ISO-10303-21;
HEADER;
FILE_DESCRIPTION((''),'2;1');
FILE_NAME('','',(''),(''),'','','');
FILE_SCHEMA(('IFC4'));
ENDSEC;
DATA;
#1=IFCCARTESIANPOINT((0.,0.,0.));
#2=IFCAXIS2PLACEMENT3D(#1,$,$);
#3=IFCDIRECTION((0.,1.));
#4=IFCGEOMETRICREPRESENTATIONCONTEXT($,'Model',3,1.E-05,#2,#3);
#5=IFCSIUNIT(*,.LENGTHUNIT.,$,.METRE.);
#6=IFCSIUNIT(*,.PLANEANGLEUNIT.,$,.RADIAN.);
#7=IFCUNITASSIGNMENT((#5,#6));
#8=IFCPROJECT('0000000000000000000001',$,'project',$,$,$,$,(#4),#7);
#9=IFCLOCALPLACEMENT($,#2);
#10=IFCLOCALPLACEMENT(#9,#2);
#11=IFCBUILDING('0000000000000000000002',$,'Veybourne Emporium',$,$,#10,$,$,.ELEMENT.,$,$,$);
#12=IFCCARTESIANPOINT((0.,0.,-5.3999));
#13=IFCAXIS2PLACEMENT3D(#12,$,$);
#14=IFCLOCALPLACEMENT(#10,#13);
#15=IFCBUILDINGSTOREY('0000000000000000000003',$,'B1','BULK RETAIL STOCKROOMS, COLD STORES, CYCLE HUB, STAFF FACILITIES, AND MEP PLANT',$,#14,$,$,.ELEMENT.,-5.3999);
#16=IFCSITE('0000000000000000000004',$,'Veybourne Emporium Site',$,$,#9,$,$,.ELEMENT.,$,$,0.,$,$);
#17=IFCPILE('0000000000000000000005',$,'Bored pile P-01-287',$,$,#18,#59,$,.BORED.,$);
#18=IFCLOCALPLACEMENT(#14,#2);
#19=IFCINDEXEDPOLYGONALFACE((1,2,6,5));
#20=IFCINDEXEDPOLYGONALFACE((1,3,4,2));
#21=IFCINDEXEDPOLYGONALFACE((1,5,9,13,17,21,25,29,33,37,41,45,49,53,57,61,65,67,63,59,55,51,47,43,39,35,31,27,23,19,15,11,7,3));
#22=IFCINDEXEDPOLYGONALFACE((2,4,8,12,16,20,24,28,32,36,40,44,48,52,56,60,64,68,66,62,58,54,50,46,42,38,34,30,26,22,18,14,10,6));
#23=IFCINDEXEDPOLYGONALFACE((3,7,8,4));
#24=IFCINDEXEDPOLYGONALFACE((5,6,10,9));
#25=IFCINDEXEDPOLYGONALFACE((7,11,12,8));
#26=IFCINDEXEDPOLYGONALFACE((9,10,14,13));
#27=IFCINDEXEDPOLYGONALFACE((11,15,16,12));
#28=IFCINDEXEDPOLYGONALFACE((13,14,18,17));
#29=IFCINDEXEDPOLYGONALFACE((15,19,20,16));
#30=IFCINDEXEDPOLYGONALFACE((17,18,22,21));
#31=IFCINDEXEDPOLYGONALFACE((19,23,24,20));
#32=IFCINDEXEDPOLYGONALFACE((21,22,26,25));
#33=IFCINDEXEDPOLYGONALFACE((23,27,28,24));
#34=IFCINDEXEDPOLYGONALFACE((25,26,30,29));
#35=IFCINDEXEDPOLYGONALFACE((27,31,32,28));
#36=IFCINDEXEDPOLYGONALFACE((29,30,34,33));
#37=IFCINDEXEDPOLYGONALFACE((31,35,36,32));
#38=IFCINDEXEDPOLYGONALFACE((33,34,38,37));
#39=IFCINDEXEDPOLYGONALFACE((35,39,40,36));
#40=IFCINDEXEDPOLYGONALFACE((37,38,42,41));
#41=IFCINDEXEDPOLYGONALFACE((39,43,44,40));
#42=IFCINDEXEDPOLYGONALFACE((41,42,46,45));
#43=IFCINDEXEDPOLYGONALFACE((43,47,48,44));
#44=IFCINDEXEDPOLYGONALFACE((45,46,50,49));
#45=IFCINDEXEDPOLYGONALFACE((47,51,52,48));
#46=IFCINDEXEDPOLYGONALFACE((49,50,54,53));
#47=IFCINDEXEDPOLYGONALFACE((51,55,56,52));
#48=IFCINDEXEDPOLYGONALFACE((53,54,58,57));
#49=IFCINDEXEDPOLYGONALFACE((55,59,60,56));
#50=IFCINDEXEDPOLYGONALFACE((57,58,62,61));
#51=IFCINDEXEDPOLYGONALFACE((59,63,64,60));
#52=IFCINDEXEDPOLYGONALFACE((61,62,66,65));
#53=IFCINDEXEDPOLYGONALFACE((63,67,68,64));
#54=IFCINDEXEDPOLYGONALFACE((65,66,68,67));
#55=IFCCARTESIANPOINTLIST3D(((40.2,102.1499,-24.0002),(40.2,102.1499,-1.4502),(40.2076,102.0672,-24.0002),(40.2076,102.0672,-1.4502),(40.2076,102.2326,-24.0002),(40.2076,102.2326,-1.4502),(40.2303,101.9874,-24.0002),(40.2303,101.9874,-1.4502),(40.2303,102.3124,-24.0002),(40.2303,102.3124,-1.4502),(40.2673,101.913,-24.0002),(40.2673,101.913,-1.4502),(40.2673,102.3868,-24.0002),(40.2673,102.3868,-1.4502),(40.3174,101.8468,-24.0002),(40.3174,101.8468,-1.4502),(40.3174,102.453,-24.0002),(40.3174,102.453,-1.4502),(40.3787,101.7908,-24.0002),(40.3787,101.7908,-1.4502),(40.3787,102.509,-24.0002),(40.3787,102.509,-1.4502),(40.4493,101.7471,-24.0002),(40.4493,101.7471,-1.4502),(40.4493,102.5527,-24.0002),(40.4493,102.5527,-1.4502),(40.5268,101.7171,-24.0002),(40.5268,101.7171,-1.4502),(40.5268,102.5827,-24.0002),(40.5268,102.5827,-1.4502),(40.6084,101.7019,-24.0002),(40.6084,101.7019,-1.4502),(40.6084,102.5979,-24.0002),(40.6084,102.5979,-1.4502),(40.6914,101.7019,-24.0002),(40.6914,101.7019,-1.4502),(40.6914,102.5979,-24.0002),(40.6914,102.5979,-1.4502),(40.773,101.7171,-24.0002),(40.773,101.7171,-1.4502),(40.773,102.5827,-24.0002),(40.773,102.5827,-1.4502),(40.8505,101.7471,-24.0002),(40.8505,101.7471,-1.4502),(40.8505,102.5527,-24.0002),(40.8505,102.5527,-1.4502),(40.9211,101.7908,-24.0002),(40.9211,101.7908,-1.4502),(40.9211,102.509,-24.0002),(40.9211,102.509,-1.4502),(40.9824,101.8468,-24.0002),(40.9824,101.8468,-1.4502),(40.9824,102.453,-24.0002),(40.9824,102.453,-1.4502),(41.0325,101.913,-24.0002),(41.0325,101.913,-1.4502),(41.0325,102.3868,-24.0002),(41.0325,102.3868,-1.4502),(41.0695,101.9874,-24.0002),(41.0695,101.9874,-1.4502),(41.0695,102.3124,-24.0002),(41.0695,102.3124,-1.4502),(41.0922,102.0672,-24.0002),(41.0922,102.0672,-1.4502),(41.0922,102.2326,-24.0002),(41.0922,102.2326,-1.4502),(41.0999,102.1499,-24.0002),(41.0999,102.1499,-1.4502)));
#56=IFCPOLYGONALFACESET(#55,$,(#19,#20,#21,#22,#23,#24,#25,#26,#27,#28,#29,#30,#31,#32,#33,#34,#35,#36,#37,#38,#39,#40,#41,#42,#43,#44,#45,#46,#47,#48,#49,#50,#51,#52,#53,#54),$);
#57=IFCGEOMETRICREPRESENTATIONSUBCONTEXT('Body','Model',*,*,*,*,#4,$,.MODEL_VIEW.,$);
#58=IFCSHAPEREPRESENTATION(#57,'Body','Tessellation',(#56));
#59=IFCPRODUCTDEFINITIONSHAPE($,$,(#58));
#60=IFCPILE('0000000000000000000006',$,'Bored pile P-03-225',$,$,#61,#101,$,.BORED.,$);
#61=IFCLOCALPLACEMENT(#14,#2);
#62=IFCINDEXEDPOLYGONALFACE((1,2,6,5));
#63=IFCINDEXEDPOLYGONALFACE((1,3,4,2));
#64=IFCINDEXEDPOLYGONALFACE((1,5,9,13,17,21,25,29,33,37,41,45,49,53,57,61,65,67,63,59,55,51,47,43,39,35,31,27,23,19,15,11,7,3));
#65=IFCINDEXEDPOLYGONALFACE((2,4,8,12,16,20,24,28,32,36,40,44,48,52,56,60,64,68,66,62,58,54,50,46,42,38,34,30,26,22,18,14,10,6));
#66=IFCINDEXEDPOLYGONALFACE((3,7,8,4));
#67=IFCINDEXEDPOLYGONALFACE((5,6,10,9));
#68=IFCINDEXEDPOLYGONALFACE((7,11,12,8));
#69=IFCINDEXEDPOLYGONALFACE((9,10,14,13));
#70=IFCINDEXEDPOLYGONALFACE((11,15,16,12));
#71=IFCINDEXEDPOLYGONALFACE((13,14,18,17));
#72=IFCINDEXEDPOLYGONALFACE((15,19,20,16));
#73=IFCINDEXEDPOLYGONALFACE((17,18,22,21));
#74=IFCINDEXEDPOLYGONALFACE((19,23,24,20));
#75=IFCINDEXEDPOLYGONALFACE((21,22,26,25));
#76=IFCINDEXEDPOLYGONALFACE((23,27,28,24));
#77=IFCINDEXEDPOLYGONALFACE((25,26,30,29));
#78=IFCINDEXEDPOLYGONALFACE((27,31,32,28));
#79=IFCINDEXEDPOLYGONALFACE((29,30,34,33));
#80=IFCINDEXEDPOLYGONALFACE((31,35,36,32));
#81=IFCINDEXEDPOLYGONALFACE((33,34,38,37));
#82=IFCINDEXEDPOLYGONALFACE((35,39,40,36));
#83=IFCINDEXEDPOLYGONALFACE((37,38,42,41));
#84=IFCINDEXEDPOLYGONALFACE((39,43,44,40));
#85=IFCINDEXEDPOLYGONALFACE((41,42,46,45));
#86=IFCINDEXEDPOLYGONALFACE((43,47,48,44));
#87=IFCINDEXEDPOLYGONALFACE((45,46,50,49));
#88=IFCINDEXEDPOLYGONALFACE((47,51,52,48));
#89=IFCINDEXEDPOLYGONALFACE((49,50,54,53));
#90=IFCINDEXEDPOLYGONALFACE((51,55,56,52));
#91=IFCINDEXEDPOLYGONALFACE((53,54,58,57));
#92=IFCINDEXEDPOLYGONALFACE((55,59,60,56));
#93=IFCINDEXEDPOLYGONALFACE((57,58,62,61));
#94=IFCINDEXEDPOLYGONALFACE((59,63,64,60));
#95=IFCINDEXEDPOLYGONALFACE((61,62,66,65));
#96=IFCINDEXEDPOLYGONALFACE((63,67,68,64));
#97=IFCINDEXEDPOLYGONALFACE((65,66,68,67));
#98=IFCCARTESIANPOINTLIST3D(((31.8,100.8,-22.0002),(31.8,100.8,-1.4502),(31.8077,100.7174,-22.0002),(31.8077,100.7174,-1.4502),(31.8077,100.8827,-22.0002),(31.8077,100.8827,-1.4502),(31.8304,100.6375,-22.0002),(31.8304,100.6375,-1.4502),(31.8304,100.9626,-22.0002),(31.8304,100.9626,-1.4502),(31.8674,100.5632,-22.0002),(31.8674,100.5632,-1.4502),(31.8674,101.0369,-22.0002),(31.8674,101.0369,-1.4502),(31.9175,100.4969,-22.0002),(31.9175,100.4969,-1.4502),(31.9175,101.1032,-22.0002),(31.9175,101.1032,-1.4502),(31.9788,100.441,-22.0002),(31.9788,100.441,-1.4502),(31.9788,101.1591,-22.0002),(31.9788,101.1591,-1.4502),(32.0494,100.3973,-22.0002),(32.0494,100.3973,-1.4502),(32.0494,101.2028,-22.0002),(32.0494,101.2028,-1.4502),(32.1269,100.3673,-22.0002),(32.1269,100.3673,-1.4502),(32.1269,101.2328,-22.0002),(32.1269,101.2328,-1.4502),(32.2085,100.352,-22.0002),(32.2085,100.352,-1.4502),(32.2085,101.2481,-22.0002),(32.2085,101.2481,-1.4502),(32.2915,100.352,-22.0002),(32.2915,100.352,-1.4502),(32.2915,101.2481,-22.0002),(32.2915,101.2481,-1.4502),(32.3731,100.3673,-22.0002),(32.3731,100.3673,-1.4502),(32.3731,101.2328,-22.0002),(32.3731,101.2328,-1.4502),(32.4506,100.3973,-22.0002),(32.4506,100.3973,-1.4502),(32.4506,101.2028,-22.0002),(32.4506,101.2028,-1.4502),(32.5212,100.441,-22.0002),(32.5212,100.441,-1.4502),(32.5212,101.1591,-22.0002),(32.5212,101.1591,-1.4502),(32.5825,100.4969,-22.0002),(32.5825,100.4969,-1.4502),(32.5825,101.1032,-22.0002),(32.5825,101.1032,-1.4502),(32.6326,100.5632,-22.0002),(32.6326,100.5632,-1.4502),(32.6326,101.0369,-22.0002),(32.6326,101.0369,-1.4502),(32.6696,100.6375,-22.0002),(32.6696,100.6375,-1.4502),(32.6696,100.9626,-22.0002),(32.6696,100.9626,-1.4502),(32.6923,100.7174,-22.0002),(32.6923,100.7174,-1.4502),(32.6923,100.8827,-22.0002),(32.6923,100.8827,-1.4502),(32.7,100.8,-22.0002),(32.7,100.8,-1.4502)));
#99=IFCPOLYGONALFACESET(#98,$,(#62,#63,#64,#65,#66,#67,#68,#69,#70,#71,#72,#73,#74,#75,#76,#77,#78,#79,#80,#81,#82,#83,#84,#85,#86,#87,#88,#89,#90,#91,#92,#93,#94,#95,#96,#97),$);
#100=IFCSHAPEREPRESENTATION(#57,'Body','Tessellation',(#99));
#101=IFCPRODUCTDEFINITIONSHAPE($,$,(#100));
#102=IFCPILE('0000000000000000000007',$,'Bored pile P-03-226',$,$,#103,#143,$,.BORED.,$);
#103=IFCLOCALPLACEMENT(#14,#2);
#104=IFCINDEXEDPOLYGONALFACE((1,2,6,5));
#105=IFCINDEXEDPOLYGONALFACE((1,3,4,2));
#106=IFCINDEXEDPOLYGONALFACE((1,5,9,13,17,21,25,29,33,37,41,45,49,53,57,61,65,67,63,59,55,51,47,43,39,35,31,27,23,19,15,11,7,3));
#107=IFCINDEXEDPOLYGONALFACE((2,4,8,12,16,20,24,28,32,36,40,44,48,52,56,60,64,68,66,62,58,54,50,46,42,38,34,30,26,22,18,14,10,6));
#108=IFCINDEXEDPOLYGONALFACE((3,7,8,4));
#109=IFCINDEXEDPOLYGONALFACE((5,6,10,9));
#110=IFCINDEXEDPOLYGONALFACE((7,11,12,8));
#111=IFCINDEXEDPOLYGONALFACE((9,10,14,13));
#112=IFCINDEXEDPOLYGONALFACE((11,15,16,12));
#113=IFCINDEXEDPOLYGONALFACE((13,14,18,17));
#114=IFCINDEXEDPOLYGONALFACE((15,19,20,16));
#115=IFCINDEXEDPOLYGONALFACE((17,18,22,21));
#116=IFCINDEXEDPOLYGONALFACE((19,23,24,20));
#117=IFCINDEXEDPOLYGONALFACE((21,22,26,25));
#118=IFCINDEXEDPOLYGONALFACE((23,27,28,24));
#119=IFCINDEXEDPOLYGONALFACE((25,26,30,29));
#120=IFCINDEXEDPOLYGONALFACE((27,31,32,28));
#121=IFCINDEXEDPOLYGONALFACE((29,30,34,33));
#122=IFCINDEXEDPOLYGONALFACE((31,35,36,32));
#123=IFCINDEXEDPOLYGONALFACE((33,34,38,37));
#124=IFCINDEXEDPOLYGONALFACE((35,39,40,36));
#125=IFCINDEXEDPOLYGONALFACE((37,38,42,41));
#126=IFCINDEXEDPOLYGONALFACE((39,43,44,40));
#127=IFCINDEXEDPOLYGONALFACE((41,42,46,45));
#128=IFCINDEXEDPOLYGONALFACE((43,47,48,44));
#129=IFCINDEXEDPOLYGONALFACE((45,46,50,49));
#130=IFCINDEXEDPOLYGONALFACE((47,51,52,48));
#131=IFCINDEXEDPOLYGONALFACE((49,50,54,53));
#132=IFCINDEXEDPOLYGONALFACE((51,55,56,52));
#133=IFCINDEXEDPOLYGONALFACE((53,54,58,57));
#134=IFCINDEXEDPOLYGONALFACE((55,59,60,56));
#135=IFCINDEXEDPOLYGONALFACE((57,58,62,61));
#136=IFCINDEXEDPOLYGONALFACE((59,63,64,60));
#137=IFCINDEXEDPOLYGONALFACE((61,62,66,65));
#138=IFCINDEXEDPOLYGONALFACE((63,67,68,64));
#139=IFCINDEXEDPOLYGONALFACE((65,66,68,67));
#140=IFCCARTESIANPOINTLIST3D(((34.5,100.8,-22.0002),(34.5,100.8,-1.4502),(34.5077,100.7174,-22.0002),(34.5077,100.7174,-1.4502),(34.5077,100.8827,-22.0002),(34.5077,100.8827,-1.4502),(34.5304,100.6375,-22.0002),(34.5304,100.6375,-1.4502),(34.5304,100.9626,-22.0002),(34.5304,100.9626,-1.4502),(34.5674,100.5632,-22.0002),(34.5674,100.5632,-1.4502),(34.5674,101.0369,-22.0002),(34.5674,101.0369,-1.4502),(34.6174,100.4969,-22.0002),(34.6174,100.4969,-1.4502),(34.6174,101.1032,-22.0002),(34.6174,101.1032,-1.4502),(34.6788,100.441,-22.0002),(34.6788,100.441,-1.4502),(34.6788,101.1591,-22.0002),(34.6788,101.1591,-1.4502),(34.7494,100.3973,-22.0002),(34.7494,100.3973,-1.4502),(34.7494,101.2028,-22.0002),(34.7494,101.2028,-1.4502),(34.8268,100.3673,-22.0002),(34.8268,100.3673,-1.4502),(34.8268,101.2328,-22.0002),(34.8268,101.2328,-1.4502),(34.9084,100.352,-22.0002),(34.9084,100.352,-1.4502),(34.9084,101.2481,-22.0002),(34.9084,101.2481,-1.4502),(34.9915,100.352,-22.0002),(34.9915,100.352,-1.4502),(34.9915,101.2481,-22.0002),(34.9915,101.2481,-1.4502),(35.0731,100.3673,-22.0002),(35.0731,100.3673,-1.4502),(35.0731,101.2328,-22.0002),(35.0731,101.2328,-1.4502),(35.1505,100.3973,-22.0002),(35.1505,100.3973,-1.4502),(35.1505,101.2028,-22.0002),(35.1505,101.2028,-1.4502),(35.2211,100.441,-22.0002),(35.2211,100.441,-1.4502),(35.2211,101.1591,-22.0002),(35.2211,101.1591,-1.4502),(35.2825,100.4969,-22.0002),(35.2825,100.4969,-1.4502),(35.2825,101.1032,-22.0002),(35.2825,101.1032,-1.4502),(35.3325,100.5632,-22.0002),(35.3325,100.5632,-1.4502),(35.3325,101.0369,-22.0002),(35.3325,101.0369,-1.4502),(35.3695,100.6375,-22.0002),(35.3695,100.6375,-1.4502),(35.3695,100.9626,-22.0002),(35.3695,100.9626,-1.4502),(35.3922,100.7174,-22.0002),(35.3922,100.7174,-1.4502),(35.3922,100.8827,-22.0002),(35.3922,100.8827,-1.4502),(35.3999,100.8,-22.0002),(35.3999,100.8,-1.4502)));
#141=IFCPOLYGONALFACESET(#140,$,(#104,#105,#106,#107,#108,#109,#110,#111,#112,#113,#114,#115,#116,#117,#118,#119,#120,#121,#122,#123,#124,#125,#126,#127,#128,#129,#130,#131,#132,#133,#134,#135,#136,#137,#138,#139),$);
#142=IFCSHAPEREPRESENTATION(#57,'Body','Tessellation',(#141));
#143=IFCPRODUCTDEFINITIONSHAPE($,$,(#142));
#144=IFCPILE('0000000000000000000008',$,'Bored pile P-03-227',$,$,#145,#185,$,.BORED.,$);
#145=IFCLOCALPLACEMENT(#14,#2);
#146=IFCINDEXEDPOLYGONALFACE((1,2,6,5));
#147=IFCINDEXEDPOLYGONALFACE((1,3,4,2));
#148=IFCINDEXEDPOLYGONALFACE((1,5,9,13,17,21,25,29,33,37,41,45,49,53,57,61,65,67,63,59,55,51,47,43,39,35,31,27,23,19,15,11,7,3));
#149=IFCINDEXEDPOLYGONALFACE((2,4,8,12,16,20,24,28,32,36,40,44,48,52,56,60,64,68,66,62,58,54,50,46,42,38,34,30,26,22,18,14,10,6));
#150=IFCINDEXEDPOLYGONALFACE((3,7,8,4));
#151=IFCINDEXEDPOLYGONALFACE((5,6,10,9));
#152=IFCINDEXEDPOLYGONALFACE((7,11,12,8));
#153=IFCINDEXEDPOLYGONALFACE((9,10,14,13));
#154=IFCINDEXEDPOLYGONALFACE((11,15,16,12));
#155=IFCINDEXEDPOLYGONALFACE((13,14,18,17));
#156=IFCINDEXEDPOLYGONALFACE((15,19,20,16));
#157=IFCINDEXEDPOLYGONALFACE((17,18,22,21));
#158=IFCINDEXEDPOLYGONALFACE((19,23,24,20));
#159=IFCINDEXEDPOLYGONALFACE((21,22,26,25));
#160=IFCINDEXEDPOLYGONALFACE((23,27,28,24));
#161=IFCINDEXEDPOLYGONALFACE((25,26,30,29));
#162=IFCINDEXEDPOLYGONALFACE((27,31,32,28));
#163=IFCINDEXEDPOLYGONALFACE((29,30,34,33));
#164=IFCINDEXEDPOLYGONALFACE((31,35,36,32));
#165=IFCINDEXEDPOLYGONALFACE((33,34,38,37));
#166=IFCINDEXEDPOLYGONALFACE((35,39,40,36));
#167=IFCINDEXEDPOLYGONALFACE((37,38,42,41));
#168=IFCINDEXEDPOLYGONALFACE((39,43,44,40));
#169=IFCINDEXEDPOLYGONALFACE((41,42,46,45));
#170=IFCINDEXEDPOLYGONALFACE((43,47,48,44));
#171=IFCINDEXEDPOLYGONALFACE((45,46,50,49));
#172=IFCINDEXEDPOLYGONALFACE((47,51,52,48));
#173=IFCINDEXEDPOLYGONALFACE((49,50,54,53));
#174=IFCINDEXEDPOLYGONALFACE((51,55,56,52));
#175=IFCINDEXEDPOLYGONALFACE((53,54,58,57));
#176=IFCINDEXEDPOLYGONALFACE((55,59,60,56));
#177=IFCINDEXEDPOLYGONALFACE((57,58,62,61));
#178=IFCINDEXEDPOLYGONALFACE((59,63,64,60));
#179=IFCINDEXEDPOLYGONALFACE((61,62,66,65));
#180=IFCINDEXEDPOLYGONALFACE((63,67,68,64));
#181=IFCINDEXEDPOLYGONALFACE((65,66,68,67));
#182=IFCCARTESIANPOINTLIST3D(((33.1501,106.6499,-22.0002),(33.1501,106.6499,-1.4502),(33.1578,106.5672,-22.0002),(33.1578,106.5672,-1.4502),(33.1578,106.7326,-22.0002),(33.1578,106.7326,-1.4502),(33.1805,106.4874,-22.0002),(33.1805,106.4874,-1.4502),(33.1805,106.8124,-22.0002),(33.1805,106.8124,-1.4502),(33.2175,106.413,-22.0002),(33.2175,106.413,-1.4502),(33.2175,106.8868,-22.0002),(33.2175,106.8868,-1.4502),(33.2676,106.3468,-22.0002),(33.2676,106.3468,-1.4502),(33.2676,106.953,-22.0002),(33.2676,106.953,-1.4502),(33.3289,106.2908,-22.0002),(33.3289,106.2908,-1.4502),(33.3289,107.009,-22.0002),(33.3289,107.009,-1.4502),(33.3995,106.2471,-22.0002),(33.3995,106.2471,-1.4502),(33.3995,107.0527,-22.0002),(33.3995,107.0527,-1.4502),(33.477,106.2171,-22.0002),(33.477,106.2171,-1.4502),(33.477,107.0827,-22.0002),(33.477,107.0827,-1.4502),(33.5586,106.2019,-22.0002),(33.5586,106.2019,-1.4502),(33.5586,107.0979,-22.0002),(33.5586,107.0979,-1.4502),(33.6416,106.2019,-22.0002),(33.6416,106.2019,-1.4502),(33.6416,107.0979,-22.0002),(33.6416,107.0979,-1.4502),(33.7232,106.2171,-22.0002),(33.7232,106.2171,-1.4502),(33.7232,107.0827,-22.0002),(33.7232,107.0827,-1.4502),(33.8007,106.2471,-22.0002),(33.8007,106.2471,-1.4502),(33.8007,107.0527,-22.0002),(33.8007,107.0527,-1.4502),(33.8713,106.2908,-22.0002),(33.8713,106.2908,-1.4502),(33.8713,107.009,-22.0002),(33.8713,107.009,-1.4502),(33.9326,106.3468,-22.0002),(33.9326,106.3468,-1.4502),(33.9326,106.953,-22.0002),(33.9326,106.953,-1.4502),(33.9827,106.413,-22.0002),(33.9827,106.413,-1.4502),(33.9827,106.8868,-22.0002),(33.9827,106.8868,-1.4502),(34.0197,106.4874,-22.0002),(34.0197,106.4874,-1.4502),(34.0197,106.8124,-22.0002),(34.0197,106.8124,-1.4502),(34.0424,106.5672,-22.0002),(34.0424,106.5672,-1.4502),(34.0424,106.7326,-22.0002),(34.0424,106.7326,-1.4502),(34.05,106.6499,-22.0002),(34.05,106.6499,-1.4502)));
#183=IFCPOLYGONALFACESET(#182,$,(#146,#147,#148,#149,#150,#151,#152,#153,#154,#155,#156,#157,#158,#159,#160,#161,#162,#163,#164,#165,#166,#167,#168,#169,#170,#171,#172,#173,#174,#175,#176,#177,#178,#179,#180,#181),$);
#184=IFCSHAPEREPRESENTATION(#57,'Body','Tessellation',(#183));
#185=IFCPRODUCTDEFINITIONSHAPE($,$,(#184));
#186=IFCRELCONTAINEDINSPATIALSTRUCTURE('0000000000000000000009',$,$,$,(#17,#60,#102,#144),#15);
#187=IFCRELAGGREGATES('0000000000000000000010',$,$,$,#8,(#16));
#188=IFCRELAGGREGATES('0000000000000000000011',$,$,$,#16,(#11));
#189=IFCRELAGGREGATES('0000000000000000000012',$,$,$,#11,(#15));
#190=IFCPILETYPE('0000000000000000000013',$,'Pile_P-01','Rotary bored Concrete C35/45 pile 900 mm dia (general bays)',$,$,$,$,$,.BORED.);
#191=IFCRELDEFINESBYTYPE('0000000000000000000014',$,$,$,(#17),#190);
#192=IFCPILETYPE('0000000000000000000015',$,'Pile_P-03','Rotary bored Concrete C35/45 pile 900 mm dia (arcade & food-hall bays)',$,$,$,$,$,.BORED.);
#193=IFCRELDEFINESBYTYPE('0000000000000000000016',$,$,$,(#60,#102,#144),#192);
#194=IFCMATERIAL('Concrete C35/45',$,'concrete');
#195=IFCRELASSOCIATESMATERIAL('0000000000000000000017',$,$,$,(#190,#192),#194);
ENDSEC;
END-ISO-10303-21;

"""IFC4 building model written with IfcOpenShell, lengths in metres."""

from ifc_helpers import new_model, si_unit, direction, frame, origin, origin_2d, place, context, subcontext, project, spatial, circle, extrude, material, material_profile, profile_set, type_object, element, save


model = new_model("IFC4")

# Units and contexts
model_context = context("Model", 3, precision=1e-05, world=origin(), true_north=direction((0.0, 1.0)))
body_context = subcontext(model_context, "Body", "Model", "MODEL_VIEW")
ifc_project = project(units=[si_unit("LENGTHUNIT", "METRE"), si_unit("PLANEANGLEUNIT", "RADIAN")], contexts=[model_context])

# Site, building, storey
site_placement = place(None, origin())
site = spatial("IfcSite", under=ifc_project, at=site_placement, Name="Veybourne Emporium Site", CompositionType="ELEMENT", RefElevation=0.0)
building_placement = place(site_placement, origin())
building = spatial("IfcBuilding", under=site, at=building_placement, Name="Veybourne Emporium", CompositionType="ELEMENT")
storey_placement = place(building_placement, frame((0.0, 0.0, -5.3999)))
storey = spatial("IfcBuildingStorey", under=building, at=storey_placement, Name="B1", Description="BULK RETAIL STOCKROOMS, COLD STORES, CYCLE HUB, STAFF FACILITIES, AND MEP PLANT", CompositionType="ELEMENT", Elevation=-5.3999)

# Shared definitions
ifc_material_1 = material(Name="Concrete C35/45", Category="concrete")

# Piles
ifc_material_profile_1 = material_profile(ifc_material_1, circle(Radius=0.45, at=origin_2d()), Name="BORED PILE 900")
ifc_profile_set_1 = profile_set([ifc_material_profile_1], Name="Concrete C35/45")
pile_type_1 = type_object("IfcPileType", Name="Pile_P-01", Description="Rotary bored Concrete C35/45 pile 900 mm dia (general bays)", PredefinedType="BORED", material=ifc_profile_set_1)
for number, where, z_axis, x_axis, name in (
    (1, (40.6499, 102.1499, -1.4502), (0.0, 0.0, -1.0), (1.0, 0.0, 0.0), "Bored pile P-01-287"),
):
    element("IfcPile", number, at=place(storey_placement, frame(where, z_axis=z_axis, x_axis=x_axis)), inside=storey, type_object=pile_type_1, Name=name, PredefinedType="BORED", context=body_context, shape_type="SweptSolid", body=[
        extrude(circle(Radius=0.45, at=origin_2d()), origin(), (0.0, 0.0, 1.0), 22.55),
    ])
ifc_material_profile_2 = material_profile(ifc_material_1, circle(Radius=0.45, at=origin_2d()), Name="BORED PILE 900")
ifc_profile_set_2 = profile_set([ifc_material_profile_2], Name="Concrete C35/45")
pile_type_2 = type_object("IfcPileType", Name="Pile_P-03", Description="Rotary bored Concrete C35/45 pile 900 mm dia (arcade & food-hall bays)", PredefinedType="BORED", material=ifc_profile_set_2)
for number, where, z_axis, x_axis, name in (
    (2, (32.25, 100.8, -1.4502), (0.0, 0.0, -1.0), (1.0, 0.0, 0.0), "Bored pile P-03-225"),
    (3, (34.95, 100.8, -1.4502), (0.0, 0.0, -1.0), (1.0, 0.0, 0.0), "Bored pile P-03-226"),
    (4, (33.6001, 106.6499, -1.4502), (0.0, 0.0, -1.0), (1.0, 0.0, 0.0), "Bored pile P-03-227"),
):
    element("IfcPile", number, at=place(storey_placement, frame(where, z_axis=z_axis, x_axis=x_axis)), inside=storey, type_object=pile_type_2, Name=name, PredefinedType="BORED", context=body_context, shape_type="SweptSolid", body=[
        extrude(circle(Radius=0.45, at=origin_2d()), origin(), (0.0, 0.0, 1.0), 20.55),
    ])

save(model, "model.ifc")
